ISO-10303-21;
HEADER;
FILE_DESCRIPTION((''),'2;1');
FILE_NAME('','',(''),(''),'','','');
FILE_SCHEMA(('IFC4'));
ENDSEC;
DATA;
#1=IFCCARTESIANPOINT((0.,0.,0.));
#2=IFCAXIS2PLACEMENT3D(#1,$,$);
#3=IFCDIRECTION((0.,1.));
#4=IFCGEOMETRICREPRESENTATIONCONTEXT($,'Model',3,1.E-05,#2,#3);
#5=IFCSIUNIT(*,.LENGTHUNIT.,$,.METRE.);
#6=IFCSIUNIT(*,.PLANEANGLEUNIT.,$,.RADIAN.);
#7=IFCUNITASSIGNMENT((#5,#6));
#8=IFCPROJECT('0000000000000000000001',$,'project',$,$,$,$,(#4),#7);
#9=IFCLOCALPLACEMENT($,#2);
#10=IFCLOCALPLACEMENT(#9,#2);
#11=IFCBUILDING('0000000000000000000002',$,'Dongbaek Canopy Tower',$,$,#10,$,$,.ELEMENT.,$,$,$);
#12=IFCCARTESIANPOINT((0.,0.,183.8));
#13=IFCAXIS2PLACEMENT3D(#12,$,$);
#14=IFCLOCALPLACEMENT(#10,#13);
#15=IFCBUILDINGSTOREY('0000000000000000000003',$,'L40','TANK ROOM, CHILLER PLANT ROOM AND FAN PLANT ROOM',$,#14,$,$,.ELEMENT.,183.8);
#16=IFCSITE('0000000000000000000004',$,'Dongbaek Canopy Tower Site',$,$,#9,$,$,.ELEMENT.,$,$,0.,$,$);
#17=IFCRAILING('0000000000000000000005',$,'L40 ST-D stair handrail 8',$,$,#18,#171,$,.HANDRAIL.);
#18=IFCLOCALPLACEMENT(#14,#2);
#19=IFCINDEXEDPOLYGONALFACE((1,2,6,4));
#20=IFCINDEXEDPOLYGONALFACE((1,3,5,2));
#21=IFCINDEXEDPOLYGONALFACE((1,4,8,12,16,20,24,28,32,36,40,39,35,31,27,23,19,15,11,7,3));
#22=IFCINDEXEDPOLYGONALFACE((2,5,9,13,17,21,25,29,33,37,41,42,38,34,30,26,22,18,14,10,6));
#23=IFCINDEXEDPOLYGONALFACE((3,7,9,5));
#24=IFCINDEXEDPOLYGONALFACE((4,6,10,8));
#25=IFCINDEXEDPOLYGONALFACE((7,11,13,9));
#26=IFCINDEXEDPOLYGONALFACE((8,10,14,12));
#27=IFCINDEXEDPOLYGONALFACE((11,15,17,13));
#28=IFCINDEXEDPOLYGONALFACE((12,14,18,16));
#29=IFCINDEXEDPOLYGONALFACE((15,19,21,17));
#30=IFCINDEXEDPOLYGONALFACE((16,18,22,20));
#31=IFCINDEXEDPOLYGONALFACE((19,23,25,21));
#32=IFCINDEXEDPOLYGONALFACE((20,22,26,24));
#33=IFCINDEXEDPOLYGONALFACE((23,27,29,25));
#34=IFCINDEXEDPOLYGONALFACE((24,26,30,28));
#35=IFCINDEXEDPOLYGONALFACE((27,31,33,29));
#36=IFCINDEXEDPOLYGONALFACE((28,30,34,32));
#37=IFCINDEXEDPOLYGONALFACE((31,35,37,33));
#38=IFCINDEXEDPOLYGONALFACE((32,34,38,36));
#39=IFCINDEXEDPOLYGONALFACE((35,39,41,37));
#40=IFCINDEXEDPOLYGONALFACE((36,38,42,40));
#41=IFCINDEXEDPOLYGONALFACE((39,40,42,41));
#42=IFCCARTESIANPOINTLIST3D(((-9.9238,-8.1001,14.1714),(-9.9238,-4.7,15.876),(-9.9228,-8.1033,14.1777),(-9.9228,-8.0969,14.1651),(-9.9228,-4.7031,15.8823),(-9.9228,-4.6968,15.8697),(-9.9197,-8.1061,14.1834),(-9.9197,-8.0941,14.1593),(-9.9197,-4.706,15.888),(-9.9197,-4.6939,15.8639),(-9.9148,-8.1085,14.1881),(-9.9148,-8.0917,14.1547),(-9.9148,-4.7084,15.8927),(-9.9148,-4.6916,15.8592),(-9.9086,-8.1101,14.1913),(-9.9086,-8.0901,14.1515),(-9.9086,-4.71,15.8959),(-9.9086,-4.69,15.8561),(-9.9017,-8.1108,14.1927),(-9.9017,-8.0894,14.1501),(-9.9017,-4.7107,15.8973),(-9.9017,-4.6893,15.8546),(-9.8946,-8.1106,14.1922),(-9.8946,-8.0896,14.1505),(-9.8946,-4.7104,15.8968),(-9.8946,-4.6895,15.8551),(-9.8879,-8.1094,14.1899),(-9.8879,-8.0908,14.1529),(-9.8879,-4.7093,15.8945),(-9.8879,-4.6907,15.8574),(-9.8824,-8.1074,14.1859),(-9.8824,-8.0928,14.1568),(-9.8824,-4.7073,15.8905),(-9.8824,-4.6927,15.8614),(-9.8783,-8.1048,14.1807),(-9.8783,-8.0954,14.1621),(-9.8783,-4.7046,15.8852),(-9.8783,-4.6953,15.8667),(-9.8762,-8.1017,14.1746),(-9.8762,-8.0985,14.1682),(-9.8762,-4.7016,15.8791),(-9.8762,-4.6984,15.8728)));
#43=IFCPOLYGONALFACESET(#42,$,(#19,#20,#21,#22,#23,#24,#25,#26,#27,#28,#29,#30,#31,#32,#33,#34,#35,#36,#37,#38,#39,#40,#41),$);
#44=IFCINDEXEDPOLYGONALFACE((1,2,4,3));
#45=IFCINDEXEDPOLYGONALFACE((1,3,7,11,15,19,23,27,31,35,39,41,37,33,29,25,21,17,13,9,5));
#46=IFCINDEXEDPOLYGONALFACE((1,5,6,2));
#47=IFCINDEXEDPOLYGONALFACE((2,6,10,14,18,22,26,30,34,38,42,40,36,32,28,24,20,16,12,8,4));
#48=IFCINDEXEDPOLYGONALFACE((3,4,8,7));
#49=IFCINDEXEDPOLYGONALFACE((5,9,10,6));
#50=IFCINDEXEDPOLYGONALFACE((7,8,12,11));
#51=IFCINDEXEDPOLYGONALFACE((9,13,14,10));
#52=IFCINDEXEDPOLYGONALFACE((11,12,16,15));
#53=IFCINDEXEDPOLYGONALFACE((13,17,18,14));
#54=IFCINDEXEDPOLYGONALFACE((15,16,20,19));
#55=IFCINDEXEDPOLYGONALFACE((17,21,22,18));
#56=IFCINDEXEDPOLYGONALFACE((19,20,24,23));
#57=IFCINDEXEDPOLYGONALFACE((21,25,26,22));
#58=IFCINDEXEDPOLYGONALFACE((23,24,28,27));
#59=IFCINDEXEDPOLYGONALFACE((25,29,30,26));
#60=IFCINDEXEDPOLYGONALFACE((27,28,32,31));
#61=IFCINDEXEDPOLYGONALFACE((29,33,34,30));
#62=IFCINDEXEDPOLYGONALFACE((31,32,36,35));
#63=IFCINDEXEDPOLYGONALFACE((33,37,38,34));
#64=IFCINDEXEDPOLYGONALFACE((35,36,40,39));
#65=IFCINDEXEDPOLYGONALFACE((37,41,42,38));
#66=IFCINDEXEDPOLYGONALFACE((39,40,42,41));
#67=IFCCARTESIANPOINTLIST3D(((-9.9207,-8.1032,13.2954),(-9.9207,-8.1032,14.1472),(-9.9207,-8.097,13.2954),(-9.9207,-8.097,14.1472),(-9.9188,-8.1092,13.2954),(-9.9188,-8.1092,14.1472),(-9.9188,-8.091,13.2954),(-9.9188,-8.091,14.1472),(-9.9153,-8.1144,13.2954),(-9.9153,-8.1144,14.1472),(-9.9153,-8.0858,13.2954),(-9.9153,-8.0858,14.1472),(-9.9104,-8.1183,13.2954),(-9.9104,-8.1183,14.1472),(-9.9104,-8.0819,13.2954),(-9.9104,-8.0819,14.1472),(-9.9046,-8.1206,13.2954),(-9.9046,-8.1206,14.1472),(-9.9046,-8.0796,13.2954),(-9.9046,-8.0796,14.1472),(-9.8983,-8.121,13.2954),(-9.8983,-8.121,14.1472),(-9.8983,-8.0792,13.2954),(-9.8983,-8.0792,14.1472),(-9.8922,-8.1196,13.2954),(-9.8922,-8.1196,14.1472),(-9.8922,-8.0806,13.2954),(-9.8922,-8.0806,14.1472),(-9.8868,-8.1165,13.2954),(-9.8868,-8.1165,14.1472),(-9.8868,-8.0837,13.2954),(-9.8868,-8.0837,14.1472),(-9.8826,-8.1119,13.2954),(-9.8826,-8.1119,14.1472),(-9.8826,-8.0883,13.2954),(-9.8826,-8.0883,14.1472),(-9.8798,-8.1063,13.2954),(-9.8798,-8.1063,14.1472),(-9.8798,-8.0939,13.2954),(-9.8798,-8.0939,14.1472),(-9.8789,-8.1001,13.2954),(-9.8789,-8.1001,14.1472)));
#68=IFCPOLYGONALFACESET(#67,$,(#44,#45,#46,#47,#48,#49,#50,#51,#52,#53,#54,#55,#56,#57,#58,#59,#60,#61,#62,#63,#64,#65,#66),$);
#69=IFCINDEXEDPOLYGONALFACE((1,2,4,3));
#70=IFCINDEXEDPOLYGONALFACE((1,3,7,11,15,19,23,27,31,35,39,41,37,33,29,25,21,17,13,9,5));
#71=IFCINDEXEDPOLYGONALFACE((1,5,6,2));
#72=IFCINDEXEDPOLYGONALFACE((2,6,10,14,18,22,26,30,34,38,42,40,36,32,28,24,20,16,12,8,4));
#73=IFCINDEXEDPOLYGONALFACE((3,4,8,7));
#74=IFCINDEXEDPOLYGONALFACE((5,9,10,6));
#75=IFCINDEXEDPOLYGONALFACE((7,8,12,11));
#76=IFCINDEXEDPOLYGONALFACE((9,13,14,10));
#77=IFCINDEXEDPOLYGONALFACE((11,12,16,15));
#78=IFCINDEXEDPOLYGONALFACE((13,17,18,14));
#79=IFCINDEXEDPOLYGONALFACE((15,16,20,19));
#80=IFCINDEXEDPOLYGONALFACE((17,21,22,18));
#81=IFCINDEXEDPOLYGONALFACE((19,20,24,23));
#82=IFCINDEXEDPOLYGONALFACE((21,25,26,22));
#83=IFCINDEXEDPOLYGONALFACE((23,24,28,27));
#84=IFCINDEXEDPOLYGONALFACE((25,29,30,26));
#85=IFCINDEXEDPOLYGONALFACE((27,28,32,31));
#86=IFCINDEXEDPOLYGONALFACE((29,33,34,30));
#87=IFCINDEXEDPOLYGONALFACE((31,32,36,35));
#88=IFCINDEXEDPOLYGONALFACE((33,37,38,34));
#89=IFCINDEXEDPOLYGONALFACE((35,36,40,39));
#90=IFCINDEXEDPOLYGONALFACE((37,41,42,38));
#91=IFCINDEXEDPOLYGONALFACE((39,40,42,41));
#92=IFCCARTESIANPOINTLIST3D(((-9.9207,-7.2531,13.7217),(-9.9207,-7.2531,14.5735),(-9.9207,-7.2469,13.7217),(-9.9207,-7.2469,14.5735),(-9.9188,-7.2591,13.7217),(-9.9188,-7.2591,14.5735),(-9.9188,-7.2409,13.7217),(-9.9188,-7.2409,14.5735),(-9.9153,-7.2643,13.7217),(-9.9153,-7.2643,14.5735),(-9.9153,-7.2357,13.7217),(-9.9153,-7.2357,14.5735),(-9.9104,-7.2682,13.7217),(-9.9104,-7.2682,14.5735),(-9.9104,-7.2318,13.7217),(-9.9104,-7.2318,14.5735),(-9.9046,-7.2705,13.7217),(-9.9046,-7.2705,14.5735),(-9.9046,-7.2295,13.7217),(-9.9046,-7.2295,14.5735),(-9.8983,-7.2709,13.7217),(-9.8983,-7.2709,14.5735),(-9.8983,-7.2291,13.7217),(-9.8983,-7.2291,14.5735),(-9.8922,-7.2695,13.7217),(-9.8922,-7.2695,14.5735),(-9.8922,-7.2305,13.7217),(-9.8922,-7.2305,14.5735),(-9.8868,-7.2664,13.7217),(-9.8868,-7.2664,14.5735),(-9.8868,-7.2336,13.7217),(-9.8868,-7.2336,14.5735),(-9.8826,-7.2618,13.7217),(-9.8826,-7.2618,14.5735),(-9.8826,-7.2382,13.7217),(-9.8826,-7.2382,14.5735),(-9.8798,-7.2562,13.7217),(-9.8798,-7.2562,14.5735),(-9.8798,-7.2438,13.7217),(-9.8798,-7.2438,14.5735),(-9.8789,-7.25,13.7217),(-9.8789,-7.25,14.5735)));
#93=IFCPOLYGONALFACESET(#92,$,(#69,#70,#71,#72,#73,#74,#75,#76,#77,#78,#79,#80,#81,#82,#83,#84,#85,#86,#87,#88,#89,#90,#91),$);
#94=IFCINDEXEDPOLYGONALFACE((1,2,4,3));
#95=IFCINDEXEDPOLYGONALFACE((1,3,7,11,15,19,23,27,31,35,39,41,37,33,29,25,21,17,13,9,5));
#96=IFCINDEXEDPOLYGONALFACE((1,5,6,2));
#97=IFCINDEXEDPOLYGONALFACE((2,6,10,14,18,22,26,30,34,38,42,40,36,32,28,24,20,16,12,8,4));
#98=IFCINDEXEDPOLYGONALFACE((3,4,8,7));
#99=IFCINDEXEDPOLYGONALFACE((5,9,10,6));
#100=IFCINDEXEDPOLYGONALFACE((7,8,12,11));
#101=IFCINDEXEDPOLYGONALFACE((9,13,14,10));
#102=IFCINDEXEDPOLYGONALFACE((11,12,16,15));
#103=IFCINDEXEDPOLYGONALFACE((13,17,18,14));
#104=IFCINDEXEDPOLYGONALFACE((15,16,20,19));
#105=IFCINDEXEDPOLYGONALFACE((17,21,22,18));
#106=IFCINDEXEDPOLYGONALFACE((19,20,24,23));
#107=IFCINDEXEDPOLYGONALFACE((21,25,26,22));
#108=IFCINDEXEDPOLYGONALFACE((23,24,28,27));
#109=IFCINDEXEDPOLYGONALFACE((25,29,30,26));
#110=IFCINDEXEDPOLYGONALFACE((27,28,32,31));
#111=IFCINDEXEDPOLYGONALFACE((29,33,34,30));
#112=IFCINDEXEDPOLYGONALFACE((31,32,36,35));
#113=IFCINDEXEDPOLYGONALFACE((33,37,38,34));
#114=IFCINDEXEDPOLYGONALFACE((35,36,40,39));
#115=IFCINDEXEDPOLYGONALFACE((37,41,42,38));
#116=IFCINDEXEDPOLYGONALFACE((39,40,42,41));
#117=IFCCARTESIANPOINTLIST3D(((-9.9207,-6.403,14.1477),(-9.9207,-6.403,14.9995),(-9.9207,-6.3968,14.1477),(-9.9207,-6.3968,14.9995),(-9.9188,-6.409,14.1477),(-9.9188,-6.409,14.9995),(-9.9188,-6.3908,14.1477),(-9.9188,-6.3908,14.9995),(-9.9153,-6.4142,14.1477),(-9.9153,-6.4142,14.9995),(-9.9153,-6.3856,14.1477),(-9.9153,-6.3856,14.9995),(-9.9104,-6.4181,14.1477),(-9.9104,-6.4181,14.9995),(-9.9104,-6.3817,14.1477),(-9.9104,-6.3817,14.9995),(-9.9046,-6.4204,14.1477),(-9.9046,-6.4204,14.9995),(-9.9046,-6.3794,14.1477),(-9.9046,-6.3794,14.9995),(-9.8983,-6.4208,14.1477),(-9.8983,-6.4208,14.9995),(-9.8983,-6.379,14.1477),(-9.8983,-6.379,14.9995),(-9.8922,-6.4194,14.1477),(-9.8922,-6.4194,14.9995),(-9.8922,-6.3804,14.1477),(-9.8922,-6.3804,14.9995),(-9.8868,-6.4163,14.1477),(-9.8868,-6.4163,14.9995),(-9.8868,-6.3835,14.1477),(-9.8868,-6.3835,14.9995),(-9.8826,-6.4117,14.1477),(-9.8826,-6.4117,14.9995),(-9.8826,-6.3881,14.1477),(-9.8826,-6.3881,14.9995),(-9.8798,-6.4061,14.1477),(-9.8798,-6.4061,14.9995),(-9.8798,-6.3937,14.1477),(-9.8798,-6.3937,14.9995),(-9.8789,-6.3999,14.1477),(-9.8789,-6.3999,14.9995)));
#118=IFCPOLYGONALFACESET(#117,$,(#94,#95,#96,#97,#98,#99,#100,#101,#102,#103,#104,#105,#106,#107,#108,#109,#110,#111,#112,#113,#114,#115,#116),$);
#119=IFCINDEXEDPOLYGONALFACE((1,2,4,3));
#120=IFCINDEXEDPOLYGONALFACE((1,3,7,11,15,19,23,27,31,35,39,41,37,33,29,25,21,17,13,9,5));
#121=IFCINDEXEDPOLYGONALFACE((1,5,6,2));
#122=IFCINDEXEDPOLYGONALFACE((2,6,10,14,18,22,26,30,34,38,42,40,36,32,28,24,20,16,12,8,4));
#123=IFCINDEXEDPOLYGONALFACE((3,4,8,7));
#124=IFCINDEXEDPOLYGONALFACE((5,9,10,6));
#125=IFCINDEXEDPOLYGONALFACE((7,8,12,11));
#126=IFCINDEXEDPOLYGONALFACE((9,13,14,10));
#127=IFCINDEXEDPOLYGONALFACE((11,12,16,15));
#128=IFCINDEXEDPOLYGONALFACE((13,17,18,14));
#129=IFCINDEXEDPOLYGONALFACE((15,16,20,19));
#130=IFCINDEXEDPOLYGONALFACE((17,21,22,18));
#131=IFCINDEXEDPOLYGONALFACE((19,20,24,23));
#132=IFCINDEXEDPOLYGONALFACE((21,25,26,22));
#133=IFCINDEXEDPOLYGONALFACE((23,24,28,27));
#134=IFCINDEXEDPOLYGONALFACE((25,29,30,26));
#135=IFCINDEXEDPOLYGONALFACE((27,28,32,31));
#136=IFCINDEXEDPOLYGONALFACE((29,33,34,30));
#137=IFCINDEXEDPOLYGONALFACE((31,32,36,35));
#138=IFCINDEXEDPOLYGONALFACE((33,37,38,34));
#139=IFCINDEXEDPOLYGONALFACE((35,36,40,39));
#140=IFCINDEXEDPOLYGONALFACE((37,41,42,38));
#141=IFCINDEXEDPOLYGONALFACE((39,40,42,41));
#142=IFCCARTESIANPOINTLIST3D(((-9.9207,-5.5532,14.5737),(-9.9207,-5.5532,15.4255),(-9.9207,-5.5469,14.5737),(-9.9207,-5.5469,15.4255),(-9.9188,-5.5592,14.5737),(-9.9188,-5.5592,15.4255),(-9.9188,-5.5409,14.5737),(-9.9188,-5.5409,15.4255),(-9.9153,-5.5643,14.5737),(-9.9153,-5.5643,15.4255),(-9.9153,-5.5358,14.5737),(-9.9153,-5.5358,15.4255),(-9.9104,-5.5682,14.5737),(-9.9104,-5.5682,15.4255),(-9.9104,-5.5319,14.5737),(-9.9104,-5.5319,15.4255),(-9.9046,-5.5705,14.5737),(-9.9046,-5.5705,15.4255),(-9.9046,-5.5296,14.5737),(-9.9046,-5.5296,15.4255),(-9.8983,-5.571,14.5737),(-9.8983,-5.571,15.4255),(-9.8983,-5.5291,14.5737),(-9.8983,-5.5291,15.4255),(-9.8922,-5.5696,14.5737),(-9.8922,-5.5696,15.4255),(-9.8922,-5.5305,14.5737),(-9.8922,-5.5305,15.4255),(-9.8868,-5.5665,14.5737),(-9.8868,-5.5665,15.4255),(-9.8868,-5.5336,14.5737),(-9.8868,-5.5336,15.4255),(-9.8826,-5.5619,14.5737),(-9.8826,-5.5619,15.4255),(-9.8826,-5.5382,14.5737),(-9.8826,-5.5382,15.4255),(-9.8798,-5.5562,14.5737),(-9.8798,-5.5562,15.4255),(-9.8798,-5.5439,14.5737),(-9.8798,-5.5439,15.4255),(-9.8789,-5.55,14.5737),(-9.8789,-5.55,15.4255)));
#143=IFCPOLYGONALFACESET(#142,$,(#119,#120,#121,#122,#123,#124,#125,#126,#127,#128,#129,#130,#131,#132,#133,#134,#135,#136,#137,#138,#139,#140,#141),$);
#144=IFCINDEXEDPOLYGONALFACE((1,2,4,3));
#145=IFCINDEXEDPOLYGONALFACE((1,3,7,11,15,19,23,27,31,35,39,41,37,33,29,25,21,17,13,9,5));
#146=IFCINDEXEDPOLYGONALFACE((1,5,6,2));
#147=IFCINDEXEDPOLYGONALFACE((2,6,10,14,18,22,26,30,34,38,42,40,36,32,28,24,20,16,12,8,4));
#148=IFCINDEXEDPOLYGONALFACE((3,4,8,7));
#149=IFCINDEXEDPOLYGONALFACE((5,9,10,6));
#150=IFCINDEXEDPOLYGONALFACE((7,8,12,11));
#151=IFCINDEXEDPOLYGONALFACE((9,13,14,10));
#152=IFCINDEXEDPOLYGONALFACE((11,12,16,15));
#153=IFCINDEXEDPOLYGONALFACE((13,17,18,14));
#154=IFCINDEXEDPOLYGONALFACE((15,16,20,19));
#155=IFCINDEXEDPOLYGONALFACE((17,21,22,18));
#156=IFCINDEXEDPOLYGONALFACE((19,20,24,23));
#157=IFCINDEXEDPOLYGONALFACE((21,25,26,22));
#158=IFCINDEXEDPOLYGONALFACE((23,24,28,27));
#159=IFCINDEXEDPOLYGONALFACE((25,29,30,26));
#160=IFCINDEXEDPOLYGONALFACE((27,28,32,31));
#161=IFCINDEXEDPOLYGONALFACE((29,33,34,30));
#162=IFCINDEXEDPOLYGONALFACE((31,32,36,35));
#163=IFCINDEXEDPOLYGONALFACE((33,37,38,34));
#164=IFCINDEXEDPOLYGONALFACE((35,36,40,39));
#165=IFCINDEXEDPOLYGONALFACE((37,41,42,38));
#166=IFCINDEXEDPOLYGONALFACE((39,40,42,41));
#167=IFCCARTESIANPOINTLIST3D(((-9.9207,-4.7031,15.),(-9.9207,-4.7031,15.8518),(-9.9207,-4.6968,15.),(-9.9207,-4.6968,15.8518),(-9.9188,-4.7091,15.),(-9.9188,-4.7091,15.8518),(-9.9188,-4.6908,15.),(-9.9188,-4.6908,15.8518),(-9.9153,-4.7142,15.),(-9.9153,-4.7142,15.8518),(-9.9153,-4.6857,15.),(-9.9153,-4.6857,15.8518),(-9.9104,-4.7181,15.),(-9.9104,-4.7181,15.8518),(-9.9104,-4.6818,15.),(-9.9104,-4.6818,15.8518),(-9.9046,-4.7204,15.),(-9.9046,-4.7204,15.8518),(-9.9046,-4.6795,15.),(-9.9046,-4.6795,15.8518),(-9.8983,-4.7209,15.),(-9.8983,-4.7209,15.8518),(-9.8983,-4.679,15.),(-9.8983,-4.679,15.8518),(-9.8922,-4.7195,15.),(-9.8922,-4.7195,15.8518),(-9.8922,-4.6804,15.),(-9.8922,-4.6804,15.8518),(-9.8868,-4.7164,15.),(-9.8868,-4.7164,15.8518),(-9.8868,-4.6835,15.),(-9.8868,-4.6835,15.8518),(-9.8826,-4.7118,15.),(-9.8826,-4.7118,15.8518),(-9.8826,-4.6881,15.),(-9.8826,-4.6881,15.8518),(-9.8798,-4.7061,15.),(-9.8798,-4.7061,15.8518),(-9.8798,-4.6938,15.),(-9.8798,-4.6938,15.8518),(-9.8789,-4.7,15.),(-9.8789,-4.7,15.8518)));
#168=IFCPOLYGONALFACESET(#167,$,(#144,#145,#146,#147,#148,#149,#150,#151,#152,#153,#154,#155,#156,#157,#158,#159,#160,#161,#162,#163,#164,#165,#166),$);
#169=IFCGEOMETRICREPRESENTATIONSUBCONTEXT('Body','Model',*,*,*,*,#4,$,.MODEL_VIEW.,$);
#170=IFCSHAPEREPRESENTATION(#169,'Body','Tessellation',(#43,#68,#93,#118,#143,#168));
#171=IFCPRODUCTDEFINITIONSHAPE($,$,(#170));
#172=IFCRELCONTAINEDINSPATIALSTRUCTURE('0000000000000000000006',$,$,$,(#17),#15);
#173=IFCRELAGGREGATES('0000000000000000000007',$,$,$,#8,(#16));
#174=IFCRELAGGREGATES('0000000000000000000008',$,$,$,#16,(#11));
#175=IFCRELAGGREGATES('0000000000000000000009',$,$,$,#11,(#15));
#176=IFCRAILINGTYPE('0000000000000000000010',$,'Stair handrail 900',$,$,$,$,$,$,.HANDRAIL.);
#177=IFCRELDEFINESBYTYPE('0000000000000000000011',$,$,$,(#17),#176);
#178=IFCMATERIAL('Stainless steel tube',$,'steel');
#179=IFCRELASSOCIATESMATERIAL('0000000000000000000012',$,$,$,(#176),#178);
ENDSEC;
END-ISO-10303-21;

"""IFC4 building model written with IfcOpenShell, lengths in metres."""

from ifc_helpers import new_model, si_unit, direction, frame, origin, origin_2d, place, context, subcontext, project, spatial, circle, extrude, material, type_object, element, save


model = new_model("IFC4")

# Units and contexts
model_context = context("Model", 3, precision=1e-05, world=origin(), true_north=direction((0.0, 1.0)))
body_context = subcontext(model_context, "Body", "Model", "MODEL_VIEW")
ifc_project = project(units=[si_unit("LENGTHUNIT", "METRE"), si_unit("PLANEANGLEUNIT", "RADIAN")], contexts=[model_context])

# Site, building, storey
site_placement = place(None, origin())
site = spatial("IfcSite", under=ifc_project, at=site_placement, Name="Dongbaek Canopy Tower Site", CompositionType="ELEMENT", RefElevation=0.0)
building_placement = place(site_placement, origin())
building = spatial("IfcBuilding", under=site, at=building_placement, Name="Dongbaek Canopy Tower", CompositionType="ELEMENT")
storey_placement = place(building_placement, frame((0.0, 0.0, 183.8)))
storey = spatial("IfcBuildingStorey", under=building, at=storey_placement, Name="L40", Description="TANK ROOM, CHILLER PLANT ROOM AND FAN PLANT ROOM", CompositionType="ELEMENT", Elevation=183.8)

# Railing
ifc_material_1 = material(Name="Stainless steel tube", Category="steel")
railing_type_1 = type_object("IfcRailingType", Name="Stair handrail 900", PredefinedType="HANDRAIL", material=ifc_material_1)
railing_1_placement = place(storey_placement, frame((-9.8999, -8.1001, 13.2954)))
element("IfcRailing", 1, at=railing_1_placement, inside=storey, type_object=railing_type_1, Name="L40 ST-D stair handrail 8", PredefinedType="HANDRAIL", context=body_context, shape_type="SweptSolid", body=[
    extrude(circle(Radius=0.0239, at=origin_2d()), frame((0.0, 0.0, 0.876), z_axis=(0.0, 0.893952, 0.448163), x_axis=(-1.0, 0.0, 0.0)), (0.0, 0.0, 1.0), 3.8035),
    extrude(circle(Radius=0.021, at=origin_2d()), origin(), (0.0, 0.0, 1.0), 0.8518),
    extrude(circle(Radius=0.021, at=origin_2d()), frame((0.0, 0.8501, 0.4263)), (0.0, 0.0, 1.0), 0.8518),
    extrude(circle(Radius=0.021, at=origin_2d()), frame((0.0, 1.7002, 0.8523)), (0.0, 0.0, 1.0), 0.8518),
    extrude(circle(Radius=0.021, at=origin_2d()), frame((0.0, 2.55, 1.2783)), (0.0, 0.0, 1.0), 0.8518),
    extrude(circle(Radius=0.021, at=origin_2d()), frame((0.0, 3.4001, 1.7046)), (0.0, 0.0, 1.0), 0.8518),
])

save(model, "model.ifc")
